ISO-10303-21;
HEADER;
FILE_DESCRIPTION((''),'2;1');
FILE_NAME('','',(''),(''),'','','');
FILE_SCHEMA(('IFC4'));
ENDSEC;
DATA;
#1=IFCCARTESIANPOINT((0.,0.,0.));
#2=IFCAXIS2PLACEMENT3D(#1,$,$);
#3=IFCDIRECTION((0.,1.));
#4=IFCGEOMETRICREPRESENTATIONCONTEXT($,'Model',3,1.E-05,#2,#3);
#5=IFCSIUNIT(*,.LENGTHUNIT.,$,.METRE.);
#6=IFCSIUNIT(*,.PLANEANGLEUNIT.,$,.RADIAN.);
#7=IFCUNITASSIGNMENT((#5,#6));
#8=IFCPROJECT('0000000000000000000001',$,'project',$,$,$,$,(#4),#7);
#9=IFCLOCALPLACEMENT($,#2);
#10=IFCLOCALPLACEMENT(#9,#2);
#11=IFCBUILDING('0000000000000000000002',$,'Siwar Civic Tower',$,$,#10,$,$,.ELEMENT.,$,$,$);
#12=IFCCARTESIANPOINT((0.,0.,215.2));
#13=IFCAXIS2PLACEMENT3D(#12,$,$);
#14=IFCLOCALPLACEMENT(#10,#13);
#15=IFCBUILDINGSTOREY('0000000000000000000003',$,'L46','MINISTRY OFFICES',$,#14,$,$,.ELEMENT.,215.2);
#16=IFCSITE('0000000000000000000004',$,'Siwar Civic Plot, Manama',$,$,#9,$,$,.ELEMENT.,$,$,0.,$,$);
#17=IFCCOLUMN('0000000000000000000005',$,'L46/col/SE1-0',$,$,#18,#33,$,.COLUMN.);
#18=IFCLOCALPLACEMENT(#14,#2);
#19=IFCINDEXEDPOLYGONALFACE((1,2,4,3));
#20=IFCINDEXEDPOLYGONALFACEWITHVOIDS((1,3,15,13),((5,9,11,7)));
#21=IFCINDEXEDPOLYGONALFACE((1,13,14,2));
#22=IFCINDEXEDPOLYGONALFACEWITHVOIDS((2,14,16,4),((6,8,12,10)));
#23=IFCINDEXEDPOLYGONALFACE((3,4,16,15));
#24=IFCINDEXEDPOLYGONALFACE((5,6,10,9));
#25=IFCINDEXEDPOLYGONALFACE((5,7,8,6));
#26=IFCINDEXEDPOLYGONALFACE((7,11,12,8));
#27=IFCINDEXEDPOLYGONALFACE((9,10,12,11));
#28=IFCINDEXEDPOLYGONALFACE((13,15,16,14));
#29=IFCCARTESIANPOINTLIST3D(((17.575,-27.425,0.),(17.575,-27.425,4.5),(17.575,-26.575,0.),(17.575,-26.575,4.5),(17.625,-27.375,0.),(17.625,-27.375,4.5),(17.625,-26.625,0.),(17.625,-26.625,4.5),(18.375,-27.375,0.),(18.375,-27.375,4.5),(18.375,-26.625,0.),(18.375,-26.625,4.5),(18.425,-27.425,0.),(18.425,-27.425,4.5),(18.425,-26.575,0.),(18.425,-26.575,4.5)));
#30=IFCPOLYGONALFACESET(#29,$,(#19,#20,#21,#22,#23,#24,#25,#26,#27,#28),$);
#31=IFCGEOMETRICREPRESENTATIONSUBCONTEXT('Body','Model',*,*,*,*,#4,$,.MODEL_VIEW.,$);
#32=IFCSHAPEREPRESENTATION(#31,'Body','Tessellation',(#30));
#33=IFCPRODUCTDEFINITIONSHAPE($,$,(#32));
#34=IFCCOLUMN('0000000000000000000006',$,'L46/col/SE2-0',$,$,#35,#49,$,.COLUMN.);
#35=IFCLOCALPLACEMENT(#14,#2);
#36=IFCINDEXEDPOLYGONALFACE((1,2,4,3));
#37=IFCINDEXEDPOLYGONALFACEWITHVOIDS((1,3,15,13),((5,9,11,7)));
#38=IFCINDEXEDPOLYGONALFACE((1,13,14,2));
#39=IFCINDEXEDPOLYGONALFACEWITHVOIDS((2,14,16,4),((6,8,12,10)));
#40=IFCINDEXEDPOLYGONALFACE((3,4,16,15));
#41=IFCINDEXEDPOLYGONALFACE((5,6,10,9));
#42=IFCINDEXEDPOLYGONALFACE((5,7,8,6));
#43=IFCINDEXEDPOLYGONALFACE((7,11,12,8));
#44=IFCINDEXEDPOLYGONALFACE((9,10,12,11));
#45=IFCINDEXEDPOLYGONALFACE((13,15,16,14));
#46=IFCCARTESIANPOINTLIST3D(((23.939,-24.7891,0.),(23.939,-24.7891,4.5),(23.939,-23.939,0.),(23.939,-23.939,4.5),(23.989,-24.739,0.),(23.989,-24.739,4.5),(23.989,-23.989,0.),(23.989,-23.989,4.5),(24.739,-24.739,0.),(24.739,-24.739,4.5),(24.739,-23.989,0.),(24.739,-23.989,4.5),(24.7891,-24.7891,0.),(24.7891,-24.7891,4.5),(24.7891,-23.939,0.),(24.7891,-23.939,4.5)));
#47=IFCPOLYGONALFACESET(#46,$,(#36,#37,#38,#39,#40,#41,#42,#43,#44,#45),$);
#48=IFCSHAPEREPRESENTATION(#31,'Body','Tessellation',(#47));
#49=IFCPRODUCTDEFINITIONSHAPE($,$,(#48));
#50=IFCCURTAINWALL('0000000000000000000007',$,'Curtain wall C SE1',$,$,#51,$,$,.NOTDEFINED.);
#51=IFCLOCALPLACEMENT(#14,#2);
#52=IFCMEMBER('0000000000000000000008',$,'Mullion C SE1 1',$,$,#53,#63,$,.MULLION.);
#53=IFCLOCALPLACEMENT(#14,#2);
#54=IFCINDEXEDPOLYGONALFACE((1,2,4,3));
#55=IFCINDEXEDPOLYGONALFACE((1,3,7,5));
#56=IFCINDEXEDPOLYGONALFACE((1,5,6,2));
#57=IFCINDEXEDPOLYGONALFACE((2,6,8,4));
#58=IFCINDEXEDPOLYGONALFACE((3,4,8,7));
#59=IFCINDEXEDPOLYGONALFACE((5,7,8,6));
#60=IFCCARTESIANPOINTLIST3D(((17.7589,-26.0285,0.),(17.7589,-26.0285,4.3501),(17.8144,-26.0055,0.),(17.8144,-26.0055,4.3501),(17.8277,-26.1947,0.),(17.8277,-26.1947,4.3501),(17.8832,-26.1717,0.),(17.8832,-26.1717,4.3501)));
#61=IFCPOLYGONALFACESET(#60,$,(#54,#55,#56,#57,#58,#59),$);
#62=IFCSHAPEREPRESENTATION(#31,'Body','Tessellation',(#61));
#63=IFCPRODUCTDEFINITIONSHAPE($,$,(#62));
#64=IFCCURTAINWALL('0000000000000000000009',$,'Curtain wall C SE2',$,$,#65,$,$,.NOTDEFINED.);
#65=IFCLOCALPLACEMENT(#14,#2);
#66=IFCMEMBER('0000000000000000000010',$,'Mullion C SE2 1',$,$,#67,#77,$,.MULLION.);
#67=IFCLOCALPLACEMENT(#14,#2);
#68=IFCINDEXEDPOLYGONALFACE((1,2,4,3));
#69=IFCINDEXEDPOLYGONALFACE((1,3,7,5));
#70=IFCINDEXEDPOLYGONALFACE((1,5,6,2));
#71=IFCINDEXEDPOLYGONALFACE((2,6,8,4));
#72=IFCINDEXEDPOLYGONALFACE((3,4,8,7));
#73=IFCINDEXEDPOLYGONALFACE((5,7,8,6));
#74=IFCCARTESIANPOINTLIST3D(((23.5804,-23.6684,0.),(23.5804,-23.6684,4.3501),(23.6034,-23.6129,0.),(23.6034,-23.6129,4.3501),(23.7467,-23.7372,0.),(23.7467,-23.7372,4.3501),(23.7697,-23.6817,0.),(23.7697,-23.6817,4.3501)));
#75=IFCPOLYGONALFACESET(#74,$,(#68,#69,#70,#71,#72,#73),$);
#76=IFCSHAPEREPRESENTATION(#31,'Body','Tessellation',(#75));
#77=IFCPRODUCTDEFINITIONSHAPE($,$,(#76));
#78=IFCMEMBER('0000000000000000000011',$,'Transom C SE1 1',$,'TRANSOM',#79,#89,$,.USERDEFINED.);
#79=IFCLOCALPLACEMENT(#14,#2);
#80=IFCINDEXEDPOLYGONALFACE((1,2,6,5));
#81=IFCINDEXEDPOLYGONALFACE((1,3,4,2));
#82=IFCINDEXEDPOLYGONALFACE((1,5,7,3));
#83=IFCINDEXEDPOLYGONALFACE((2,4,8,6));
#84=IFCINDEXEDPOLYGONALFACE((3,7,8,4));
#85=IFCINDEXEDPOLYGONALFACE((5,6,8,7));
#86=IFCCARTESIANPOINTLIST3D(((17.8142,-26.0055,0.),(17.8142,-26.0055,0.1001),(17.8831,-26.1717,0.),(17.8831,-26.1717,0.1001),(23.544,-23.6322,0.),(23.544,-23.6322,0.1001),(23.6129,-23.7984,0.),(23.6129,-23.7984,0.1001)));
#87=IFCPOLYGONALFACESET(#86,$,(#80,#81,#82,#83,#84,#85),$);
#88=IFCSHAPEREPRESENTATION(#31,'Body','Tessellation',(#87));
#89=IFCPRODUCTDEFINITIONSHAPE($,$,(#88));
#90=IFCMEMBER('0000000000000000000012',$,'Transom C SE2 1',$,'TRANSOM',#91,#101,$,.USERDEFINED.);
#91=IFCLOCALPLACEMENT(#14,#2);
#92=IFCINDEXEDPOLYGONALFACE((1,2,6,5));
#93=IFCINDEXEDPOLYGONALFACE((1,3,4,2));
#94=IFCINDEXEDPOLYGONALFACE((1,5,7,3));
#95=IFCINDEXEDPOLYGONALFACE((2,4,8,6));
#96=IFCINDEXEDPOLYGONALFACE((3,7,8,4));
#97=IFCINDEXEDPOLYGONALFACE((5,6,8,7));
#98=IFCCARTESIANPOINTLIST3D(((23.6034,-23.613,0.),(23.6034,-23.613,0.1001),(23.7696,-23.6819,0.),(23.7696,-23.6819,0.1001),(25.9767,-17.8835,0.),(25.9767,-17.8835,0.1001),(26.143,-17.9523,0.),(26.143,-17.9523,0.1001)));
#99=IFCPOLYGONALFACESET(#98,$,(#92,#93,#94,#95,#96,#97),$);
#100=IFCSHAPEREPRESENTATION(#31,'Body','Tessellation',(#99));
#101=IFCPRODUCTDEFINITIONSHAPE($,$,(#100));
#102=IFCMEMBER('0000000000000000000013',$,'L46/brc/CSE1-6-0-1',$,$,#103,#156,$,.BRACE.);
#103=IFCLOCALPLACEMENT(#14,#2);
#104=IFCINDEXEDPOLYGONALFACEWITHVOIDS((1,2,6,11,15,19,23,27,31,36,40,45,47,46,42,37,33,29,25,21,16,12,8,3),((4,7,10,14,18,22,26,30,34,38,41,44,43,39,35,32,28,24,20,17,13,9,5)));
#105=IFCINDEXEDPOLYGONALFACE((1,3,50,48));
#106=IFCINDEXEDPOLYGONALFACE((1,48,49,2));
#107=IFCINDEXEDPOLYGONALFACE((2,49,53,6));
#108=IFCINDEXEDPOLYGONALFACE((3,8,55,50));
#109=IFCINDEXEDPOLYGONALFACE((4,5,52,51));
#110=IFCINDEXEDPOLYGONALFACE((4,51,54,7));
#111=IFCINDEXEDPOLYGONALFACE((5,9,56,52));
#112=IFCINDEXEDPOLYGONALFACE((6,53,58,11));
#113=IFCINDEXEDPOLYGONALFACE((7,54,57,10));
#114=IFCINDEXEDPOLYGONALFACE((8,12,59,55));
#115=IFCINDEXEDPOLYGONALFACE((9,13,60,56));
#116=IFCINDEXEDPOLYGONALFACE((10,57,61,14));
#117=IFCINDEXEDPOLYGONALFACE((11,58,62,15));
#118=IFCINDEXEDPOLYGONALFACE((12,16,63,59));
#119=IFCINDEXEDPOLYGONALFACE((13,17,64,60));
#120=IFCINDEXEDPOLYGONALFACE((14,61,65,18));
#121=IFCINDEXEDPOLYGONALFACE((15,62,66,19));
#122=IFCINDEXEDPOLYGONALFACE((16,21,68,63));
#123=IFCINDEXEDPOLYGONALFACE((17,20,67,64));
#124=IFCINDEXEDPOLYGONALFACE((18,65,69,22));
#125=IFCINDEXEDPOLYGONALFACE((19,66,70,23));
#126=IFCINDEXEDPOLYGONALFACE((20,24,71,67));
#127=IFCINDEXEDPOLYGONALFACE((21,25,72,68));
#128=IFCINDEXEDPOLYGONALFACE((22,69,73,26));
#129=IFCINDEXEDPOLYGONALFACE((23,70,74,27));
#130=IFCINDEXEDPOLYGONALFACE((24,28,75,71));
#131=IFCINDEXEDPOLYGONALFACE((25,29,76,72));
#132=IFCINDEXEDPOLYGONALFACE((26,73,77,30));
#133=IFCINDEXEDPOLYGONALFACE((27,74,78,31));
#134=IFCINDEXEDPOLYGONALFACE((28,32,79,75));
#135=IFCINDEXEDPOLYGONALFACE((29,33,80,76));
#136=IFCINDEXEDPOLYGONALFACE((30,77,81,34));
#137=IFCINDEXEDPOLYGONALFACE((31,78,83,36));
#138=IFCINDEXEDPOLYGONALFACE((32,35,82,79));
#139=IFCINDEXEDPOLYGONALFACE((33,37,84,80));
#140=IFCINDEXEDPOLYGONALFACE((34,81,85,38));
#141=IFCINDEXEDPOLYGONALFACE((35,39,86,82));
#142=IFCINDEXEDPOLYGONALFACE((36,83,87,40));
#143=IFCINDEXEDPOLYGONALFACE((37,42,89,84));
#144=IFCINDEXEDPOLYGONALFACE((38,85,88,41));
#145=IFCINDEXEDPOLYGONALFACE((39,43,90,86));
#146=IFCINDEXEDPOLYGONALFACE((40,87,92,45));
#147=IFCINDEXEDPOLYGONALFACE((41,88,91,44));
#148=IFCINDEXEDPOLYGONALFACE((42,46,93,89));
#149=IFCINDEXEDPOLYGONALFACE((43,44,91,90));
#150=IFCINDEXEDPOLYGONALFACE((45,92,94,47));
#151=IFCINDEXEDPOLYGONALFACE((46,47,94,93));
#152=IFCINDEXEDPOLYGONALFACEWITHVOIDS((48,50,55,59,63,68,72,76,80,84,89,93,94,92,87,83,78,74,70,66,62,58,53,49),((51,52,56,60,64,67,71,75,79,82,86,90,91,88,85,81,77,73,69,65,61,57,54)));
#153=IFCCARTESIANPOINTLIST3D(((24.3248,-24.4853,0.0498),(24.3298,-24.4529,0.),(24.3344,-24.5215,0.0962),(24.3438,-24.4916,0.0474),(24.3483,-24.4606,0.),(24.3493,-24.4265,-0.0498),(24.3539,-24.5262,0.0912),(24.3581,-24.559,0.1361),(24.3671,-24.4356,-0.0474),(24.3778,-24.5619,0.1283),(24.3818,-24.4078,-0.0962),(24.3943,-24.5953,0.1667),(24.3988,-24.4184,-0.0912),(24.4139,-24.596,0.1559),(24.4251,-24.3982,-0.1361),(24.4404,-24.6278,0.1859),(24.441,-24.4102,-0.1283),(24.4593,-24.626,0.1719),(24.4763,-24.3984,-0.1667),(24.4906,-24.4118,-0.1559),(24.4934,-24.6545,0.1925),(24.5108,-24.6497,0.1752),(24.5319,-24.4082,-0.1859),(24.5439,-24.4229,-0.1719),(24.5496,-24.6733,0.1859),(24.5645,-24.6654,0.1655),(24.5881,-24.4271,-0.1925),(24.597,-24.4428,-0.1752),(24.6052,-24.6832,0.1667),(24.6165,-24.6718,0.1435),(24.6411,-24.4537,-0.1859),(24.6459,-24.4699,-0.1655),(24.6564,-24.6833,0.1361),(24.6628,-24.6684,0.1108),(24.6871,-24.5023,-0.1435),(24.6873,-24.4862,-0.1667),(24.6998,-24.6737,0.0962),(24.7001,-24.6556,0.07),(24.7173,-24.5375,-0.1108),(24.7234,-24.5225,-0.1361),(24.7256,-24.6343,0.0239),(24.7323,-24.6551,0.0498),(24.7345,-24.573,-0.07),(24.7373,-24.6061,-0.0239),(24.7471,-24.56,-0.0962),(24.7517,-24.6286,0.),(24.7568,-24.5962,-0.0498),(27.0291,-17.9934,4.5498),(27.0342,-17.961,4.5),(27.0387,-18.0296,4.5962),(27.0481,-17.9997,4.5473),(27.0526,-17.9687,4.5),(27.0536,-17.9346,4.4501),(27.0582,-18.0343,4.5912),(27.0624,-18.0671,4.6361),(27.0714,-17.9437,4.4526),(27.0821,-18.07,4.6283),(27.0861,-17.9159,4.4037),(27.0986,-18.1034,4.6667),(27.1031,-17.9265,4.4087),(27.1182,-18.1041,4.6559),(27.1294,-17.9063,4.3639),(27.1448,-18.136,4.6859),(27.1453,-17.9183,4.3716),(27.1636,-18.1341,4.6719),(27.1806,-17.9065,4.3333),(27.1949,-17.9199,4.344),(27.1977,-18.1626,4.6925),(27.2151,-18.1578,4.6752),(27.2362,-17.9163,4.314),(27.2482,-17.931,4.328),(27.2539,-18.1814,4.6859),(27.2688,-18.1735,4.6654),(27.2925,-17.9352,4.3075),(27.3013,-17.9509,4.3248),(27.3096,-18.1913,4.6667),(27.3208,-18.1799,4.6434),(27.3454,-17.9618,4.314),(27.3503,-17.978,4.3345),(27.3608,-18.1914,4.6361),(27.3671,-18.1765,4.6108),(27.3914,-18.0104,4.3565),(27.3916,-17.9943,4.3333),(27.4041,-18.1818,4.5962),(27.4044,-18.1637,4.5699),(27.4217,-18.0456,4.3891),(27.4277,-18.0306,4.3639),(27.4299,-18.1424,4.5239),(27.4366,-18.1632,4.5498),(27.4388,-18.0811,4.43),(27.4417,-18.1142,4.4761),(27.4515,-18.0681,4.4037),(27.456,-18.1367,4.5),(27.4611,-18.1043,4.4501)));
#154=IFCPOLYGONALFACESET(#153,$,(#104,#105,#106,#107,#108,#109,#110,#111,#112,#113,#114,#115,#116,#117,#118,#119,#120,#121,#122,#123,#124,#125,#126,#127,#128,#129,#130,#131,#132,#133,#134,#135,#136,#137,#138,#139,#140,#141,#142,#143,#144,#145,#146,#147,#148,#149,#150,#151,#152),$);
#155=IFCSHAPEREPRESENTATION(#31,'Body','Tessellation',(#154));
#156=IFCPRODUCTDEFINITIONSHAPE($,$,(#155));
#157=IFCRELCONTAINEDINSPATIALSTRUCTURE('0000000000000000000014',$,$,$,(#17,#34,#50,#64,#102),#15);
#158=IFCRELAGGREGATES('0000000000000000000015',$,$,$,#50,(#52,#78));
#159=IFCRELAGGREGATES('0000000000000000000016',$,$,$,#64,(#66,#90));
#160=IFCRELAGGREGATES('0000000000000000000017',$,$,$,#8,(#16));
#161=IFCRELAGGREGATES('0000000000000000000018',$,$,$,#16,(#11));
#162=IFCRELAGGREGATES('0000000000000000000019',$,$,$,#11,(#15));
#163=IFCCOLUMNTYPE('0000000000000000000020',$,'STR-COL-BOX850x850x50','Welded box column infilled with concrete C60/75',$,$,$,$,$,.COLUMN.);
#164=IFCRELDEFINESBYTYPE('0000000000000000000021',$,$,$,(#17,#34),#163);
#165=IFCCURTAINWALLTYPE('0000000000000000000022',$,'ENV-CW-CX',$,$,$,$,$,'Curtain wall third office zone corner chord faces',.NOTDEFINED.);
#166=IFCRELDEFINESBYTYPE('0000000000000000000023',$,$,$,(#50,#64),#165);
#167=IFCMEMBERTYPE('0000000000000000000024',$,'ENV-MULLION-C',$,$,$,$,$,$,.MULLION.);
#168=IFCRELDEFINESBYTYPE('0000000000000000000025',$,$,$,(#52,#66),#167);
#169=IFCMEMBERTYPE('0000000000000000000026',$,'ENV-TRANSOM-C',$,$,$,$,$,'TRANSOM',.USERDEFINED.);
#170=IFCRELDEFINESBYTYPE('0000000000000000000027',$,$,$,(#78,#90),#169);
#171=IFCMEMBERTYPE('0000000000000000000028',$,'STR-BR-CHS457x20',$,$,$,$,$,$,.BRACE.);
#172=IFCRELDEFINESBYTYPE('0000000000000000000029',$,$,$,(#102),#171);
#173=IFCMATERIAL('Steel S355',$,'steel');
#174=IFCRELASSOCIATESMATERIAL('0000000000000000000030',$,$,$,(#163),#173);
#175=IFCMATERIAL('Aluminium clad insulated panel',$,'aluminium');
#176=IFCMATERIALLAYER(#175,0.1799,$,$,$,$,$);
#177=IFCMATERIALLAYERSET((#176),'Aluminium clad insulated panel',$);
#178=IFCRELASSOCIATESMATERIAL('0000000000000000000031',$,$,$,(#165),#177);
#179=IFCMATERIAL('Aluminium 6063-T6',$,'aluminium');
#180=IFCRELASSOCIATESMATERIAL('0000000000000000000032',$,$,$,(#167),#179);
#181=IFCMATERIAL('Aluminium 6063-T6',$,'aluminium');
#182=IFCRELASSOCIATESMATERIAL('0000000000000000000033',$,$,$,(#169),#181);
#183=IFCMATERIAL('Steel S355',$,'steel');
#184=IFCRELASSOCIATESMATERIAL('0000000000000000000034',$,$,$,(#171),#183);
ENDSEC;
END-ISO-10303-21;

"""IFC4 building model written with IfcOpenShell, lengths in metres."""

from ifc_helpers import new_model, si_unit, direction, frame, origin, origin_2d, place, context, subcontext, project, spatial, rectangle, hollow_rectangle, hollow_circle, extrude, material, layer, layer_set, material_profile, profile_set, type_object, element, aggregate, save


model = new_model("IFC4")

# Units and contexts
model_context = context("Model", 3, precision=1e-05, world=origin(), true_north=direction((0.0, 1.0)))
body_context = subcontext(model_context, "Body", "Model", "MODEL_VIEW")
ifc_project = project(units=[si_unit("LENGTHUNIT", "METRE"), si_unit("PLANEANGLEUNIT", "RADIAN")], contexts=[model_context])

# Site, building, storey
site_placement = place(None, origin())
site = spatial("IfcSite", under=ifc_project, at=site_placement, Name="Siwar Civic Plot, Manama", CompositionType="ELEMENT", RefElevation=0.0)
building_placement = place(site_placement, origin())
building = spatial("IfcBuilding", under=site, at=building_placement, Name="Siwar Civic Tower", CompositionType="ELEMENT")
storey_placement = place(building_placement, frame((0.0, 0.0, 215.2)))
storey = spatial("IfcBuildingStorey", under=building, at=storey_placement, Name="L46", Description="MINISTRY OFFICES", CompositionType="ELEMENT", Elevation=215.2)

# Columns
ifc_material_1 = material(Name="Steel S355", Category="steel")
ifc_material_profile_1 = material_profile(ifc_material_1, hollow_rectangle(XDim=0.8501, YDim=0.8501, WallThickness=0.05, at=origin_2d()), Name="BOX850x850x50")
ifc_profile_set_1 = profile_set([ifc_material_profile_1], Name="Steel S355")
column_type = type_object("IfcColumnType", Name="STR-COL-BOX850x850x50", Description="Welded box column infilled with concrete C60/75", PredefinedType="COLUMN", material=ifc_profile_set_1)
for number, where, z_axis, x_axis, name in (
    (1, (18.0, -27.0, 0.0), (0.0, 0.0, 1.0), (1.0, 0.0, 0.0), "L46/col/SE1-0"),
    (2, (24.364, -24.364, 0.0), (0.0, 0.0, 1.0), (1.0, 0.0, 0.0), "L46/col/SE2-0"),
):
    element("IfcColumn", number, at=place(storey_placement, frame(where, z_axis=z_axis, x_axis=x_axis)), inside=storey, type_object=column_type, Name=name, PredefinedType="COLUMN", context=body_context, shape_type="SweptSolid", body=[
        extrude(hollow_rectangle(XDim=0.8501, YDim=0.8501, WallThickness=0.05, at=origin_2d()), origin(), (0.0, 0.0, 1.0), 4.5),
    ])

# Curtain walls, members
ifc_material_2 = material(Name="Aluminium clad insulated panel", Category="aluminium")
ifc_layer_1 = layer(ifc_material_2, 0.1799)
ifc_layer_set_1 = layer_set([ifc_layer_1], Name="Aluminium clad insulated panel")
curtain_wall_type = type_object("IfcCurtainWallType", Name="ENV-CW-CX", ElementType="Curtain wall third office zone corner chord faces", PredefinedType="NOTDEFINED", material=ifc_layer_set_1)
curtain_wall_1_placement = place(storey_placement, origin())
curtain_wall_1 = element("IfcCurtainWall", 3, at=curtain_wall_1_placement, inside=storey, type_object=curtain_wall_type, Name="Curtain wall C SE1", PredefinedType="NOTDEFINED")
ifc_material_3 = material(Name="Aluminium 6063-T6", Category="aluminium")
ifc_material_profile_2 = material_profile(ifc_material_3, rectangle(XDim=0.1799, YDim=0.0601, at=origin_2d()), Name="AL 180x60")
ifc_profile_set_2 = profile_set([ifc_material_profile_2], Name="Aluminium 6063-T6")
member_type_1 = type_object("IfcMemberType", Name="ENV-MULLION-C", PredefinedType="MULLION", material=ifc_profile_set_2)
member_1_placement = place(storey_placement, frame((17.821, -26.1001, 0.0), z_axis=(0.0, 0.0, 1.0), x_axis=(-0.382683, 0.92388, 0.0)))
member_1 = element("IfcMember", 4, at=member_1_placement, type_object=member_type_1, Name="Mullion C SE1 1", PredefinedType="MULLION", context=body_context, shape_type="SweptSolid", body=[
    extrude(rectangle(XDim=0.1799, YDim=0.0601, at=origin_2d()), origin(), (0.0, 0.0, 1.0), 4.3501),
])
curtain_wall_2_placement = place(storey_placement, origin())
curtain_wall_2 = element("IfcCurtainWall", 5, at=curtain_wall_2_placement, inside=storey, type_object=curtain_wall_type, Name="Curtain wall C SE2", PredefinedType="NOTDEFINED")
member_2_placement = place(storey_placement, frame((23.675, -23.675, 0.0), z_axis=(0.0, 0.0, 1.0), x_axis=(-0.92388, 0.382683, 0.0)))
member_2 = element("IfcMember", 6, at=member_2_placement, type_object=member_type_1, Name="Mullion C SE2 1", PredefinedType="MULLION", context=body_context, shape_type="SweptSolid", body=[
    extrude(rectangle(XDim=0.1799, YDim=0.0601, at=origin_2d()), origin(), (0.0, 0.0, 1.0), 4.3501),
])

# Members
ifc_material_4 = material(Name="Aluminium 6063-T6", Category="aluminium")
ifc_material_profile_3 = material_profile(ifc_material_4, rectangle(XDim=0.1799, YDim=0.1001, at=origin_2d()), Name="AL 180x100")
ifc_profile_set_3 = profile_set([ifc_material_profile_3], Name="Aluminium 6063-T6")
member_type_2 = type_object("IfcMemberType", Name="ENV-TRANSOM-C", ElementType="TRANSOM", PredefinedType="USERDEFINED", material=ifc_profile_set_3)
member_3_placement = place(storey_placement, frame((17.8486, -26.0886, 0.05), z_axis=(0.923882, 0.382677, 0.0), x_axis=(-0.382677, 0.923882, 0.0)))
member_3 = element("IfcMember", 7, at=member_3_placement, type_object=member_type_2, Name="Transom C SE1 1", ObjectType="TRANSOM", PredefinedType="USERDEFINED", context=body_context, shape_type="SweptSolid", body=[
    extrude(rectangle(XDim=0.1799, YDim=0.1001, at=origin_2d()), origin(), (0.0, 0.0, 1.0), 6.2019),
])
member_4_placement = place(storey_placement, frame((23.6865, -23.6475, 0.05), z_axis=(0.382691, 0.923876, 0.0), x_axis=(-0.923876, 0.382691, 0.0)))
member_4 = element("IfcMember", 8, at=member_4_placement, type_object=member_type_2, Name="Transom C SE2 1", ObjectType="TRANSOM", PredefinedType="USERDEFINED", context=body_context, shape_type="SweptSolid", body=[
    extrude(rectangle(XDim=0.1799, YDim=0.1001, at=origin_2d()), origin(), (0.0, 0.0, 1.0), 6.2017),
])

# Member
ifc_material_5 = material(Name="Steel S355", Category="steel")
ifc_material_profile_4 = material_profile(ifc_material_5, hollow_circle(Radius=0.2285, WallThickness=0.02, at=origin_2d()), Name="CHS457x20")
ifc_profile_set_4 = profile_set([ifc_material_profile_4], Name="Steel S355")
member_type_3 = type_object("IfcMemberType", Name="STR-BR-CHS457x20", PredefinedType="BRACE", material=ifc_profile_set_4)
member_5_placement = place(storey_placement, frame((24.5408, -24.5408, 0.0), z_axis=(0.323906, 0.777555, 0.538975), x_axis=(-0.923109, 0.384539, 0.0)))
element("IfcMember", 9, at=member_5_placement, inside=storey, type_object=member_type_3, Name="L46/brc/CSE1-6-0-1", PredefinedType="BRACE", context=body_context, shape_type="SweptSolid", body=[
    extrude(hollow_circle(Radius=0.2285, WallThickness=0.02, at=origin_2d()), origin(), (0.0, 0.0, 1.0), 8.3491),
])

aggregate(curtain_wall_1, [member_1, member_3])
aggregate(curtain_wall_2, [member_2, member_4])

save(model, "model.ifc")
